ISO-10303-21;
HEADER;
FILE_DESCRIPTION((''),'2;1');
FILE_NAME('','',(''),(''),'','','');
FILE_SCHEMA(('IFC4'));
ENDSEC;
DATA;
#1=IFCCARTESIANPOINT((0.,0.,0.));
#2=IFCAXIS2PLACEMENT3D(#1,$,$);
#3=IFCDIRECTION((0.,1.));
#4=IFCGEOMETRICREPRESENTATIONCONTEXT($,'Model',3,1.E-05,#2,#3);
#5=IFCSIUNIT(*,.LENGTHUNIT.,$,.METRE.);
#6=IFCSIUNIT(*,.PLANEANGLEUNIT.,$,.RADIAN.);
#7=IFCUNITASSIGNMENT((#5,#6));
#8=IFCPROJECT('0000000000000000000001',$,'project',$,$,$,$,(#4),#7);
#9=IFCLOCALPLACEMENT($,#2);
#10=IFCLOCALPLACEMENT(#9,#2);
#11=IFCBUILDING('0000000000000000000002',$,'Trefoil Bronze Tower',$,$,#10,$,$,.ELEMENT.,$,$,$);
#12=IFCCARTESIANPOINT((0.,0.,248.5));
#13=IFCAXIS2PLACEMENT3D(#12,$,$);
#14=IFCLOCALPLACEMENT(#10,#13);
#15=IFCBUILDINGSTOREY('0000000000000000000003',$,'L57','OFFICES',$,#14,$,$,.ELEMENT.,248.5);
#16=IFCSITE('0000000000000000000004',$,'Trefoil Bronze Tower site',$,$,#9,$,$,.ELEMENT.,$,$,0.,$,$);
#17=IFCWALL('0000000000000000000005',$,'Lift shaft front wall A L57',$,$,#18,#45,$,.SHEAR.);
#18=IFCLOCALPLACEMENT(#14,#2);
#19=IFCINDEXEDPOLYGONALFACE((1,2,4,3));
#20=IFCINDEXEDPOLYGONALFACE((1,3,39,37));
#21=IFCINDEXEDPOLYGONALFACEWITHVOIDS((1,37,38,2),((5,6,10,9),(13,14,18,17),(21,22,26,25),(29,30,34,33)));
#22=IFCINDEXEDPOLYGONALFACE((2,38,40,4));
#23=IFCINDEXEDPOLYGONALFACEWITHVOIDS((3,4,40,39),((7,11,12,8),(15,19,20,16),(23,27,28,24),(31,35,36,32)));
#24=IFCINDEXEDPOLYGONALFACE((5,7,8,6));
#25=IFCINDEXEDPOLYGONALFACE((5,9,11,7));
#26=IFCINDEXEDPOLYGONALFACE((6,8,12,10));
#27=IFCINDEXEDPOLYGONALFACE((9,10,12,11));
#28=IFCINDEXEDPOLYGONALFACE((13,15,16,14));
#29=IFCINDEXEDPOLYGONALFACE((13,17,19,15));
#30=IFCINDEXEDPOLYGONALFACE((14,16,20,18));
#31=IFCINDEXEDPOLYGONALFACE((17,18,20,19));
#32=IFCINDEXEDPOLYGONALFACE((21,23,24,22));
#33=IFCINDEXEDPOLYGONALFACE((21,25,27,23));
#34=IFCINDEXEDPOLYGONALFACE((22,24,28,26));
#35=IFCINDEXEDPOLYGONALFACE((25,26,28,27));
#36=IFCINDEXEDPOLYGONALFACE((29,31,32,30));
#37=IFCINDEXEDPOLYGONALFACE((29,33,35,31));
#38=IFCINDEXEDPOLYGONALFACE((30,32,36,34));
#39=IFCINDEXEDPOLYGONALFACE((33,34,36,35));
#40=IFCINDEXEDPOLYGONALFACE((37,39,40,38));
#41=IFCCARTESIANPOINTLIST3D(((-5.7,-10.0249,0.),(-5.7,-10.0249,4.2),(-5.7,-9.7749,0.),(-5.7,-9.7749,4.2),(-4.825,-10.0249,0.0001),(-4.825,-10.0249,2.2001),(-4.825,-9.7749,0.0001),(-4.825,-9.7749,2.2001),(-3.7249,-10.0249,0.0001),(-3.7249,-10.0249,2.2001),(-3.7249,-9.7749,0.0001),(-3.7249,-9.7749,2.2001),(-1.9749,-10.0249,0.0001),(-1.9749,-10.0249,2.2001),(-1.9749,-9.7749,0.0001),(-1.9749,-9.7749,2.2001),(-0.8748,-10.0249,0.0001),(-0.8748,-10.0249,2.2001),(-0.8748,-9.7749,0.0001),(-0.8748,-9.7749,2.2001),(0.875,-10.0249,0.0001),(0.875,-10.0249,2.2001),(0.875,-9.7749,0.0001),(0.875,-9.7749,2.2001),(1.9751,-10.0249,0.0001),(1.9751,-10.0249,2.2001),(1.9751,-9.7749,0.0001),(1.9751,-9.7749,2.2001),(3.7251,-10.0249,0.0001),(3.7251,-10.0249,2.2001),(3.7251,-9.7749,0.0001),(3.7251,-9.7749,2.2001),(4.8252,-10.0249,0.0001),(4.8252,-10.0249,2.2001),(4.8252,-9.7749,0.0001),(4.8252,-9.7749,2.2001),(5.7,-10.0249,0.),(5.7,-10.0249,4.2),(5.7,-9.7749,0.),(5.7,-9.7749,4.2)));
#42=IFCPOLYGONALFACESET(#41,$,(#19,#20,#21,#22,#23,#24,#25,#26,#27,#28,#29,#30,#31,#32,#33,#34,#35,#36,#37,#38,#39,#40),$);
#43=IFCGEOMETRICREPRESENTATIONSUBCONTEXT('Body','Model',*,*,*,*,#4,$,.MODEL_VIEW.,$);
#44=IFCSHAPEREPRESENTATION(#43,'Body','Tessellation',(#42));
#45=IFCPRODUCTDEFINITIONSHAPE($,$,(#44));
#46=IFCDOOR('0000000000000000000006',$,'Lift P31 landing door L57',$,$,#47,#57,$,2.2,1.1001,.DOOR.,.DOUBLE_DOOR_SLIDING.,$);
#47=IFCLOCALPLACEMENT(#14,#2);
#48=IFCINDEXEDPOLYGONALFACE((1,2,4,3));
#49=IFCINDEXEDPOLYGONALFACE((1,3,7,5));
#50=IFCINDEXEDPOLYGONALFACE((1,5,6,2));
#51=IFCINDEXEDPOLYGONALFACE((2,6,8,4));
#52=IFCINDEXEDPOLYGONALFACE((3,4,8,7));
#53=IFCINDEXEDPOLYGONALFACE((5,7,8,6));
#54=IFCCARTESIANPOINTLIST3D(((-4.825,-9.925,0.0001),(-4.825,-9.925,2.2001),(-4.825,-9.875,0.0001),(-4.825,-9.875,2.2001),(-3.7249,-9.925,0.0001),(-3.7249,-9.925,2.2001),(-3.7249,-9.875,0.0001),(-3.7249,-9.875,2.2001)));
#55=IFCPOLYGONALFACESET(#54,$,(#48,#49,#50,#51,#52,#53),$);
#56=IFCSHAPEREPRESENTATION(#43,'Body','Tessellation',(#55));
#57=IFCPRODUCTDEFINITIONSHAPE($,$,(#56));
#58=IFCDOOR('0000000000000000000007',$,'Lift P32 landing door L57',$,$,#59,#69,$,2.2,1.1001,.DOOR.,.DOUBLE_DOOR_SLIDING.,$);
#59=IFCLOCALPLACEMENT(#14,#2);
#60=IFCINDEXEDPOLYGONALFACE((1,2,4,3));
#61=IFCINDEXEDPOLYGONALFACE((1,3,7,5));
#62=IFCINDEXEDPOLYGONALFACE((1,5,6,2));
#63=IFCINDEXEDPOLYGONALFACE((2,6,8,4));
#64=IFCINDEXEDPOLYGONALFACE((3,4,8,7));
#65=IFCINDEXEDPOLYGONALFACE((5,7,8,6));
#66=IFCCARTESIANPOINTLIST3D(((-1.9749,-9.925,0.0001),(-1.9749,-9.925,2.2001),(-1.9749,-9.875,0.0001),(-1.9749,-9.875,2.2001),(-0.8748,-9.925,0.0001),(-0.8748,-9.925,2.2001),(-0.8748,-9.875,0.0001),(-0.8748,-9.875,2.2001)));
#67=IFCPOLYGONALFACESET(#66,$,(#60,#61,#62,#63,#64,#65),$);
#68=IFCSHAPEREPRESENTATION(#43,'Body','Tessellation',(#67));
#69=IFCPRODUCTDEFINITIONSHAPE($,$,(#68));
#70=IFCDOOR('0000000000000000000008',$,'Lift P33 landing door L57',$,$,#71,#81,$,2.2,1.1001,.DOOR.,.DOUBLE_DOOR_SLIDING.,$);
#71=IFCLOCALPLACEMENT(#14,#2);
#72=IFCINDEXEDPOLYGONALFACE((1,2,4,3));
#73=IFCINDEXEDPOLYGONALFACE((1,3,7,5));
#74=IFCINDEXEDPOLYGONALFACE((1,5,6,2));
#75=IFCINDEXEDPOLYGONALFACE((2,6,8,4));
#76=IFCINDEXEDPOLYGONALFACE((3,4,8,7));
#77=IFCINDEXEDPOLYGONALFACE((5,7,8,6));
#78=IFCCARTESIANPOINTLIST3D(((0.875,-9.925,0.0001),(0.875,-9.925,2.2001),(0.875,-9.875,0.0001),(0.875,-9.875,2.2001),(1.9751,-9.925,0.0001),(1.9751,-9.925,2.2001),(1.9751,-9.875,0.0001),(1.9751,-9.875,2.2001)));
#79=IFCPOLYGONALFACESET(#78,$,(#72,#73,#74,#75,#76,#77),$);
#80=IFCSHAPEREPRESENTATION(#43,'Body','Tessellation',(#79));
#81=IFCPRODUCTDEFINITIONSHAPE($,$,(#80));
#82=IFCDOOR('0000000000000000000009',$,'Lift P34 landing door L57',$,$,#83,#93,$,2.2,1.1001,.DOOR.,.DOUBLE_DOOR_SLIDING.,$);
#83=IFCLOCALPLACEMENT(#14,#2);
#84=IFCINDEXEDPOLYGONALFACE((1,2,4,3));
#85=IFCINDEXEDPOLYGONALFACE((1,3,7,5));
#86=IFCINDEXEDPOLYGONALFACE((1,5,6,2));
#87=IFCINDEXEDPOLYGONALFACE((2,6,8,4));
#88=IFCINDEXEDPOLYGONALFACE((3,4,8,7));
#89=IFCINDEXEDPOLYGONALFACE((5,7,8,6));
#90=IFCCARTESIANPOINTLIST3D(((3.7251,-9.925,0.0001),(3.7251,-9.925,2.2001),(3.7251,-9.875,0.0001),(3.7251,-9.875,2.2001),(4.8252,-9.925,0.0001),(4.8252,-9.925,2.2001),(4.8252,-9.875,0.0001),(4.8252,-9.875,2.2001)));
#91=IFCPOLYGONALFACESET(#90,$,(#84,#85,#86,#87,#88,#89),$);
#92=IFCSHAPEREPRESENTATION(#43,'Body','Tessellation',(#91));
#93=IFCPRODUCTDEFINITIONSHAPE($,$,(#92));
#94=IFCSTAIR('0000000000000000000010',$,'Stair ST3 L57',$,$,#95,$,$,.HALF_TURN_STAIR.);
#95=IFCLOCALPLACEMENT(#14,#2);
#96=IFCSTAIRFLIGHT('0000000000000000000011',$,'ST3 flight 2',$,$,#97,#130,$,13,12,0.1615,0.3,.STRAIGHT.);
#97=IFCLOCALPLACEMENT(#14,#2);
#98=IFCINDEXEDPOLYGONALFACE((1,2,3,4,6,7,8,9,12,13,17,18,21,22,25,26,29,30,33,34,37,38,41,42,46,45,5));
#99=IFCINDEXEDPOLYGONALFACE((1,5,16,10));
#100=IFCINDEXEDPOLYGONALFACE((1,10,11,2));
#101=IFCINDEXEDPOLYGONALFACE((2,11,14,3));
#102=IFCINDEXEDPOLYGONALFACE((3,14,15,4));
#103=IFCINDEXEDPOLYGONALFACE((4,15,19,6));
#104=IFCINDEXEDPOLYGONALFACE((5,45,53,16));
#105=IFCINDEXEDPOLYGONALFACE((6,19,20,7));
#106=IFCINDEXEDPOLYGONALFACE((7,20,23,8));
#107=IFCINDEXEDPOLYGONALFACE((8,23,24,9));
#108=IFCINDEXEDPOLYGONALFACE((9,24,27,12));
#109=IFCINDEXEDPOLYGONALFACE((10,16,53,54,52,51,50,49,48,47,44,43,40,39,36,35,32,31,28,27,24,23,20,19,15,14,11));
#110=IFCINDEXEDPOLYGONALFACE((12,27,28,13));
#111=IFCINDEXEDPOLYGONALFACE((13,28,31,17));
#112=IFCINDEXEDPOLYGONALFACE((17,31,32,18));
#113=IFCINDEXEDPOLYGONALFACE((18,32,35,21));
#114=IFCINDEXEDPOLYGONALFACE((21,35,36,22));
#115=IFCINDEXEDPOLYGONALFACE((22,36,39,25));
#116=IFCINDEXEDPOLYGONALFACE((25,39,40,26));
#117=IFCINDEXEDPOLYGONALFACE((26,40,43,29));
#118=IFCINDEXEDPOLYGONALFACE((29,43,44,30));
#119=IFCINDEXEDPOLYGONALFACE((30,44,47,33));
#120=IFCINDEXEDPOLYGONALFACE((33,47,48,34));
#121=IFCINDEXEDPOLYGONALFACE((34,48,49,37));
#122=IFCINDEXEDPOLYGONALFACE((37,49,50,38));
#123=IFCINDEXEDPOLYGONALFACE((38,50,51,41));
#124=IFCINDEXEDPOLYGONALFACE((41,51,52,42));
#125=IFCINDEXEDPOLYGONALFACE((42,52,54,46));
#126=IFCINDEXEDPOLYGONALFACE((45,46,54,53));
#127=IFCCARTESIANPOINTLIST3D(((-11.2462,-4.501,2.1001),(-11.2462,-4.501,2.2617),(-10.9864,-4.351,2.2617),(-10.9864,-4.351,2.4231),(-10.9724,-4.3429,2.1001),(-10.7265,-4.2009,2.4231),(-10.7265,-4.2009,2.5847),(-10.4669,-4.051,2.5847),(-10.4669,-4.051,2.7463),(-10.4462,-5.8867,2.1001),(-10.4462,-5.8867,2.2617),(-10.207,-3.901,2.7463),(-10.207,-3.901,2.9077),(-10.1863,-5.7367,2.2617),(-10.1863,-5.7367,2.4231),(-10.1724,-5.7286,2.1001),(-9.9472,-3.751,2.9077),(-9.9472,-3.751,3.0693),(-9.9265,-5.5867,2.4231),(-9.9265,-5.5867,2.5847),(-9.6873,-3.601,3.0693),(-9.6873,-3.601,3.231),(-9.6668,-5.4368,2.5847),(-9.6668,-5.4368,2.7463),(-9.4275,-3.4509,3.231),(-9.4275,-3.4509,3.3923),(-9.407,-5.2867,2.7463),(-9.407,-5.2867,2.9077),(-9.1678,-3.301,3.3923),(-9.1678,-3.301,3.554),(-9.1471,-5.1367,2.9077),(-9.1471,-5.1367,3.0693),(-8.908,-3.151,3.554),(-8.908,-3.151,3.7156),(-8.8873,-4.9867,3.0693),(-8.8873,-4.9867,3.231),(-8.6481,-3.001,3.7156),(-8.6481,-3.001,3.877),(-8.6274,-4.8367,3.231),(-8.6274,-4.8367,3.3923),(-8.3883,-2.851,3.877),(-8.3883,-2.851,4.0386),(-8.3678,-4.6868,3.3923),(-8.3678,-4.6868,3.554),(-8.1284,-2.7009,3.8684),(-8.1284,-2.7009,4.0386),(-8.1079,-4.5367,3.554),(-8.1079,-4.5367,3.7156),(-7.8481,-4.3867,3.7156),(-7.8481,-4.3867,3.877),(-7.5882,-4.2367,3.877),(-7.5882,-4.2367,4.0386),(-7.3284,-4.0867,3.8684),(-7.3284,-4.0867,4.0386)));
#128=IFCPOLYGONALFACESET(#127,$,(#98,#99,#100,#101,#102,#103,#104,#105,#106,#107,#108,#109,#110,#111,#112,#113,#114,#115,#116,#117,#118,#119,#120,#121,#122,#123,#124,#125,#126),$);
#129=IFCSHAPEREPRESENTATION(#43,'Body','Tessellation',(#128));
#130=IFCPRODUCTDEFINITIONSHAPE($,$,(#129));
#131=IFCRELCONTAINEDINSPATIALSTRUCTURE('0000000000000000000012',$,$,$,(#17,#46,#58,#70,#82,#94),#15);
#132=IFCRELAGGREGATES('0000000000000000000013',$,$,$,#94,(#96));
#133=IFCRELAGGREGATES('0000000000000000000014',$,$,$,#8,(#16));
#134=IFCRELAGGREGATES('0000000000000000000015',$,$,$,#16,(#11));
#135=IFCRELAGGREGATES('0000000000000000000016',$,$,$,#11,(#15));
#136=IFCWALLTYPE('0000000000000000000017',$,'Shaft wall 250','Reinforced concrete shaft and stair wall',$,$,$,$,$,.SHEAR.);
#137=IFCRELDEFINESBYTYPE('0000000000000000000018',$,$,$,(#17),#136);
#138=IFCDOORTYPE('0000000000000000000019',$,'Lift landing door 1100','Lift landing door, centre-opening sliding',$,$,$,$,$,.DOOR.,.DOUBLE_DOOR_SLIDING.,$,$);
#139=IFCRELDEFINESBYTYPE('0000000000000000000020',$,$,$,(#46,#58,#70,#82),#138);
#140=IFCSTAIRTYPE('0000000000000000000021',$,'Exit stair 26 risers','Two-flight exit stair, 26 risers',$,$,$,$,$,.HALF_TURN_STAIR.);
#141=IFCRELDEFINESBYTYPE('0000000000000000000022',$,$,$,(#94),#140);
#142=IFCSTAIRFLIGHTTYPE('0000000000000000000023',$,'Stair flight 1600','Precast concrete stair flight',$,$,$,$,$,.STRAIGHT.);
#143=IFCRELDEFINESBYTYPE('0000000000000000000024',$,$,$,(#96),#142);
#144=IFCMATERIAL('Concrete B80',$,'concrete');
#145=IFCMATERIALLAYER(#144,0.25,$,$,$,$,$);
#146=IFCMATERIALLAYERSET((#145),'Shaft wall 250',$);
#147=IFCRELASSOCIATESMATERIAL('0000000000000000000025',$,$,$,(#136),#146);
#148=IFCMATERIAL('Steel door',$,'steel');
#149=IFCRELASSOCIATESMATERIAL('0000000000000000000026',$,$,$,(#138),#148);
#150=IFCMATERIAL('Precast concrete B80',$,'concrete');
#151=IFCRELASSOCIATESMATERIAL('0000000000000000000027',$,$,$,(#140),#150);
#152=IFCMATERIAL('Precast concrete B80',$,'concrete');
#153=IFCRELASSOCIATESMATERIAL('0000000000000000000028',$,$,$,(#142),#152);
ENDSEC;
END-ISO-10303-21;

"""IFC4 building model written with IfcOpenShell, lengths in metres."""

from ifc_helpers import new_model, si_unit, direction, frame, frame_2d, origin, place, context, subcontext, project, spatial, polyline, rectangle, outline, extrude, material, layer, layer_set, type_object, element, fill, aggregate, save


model = new_model("IFC4")

# Units and contexts
model_context = context("Model", 3, precision=1e-05, world=origin(), true_north=direction((0.0, 1.0)))
body_context = subcontext(model_context, "Body", "Model", "MODEL_VIEW")
ifc_project = project(units=[si_unit("LENGTHUNIT", "METRE"), si_unit("PLANEANGLEUNIT", "RADIAN")], contexts=[model_context])

# Site, building, storey
site_placement = place(None, origin())
site = spatial("IfcSite", under=ifc_project, at=site_placement, Name="Trefoil Bronze Tower site", CompositionType="ELEMENT", RefElevation=0.0)
building_placement = place(site_placement, origin())
building = spatial("IfcBuilding", under=site, at=building_placement, Name="Trefoil Bronze Tower", CompositionType="ELEMENT")
storey_placement = place(building_placement, frame((0.0, 0.0, 248.5)))
storey = spatial("IfcBuildingStorey", under=building, at=storey_placement, Name="L57", Description="OFFICES", CompositionType="ELEMENT", Elevation=248.5)

# Wall, openings, doors
ifc_material_1 = material(Name="Concrete B80", Category="concrete")
ifc_layer_1 = layer(ifc_material_1, 0.25)
ifc_layer_set_1 = layer_set([ifc_layer_1], Name="Shaft wall 250")
wall_type_1 = type_object("IfcWallType", Name="Shaft wall 250", Description="Reinforced concrete shaft and stair wall", PredefinedType="SHEAR", material=ifc_layer_set_1)
wall_1_placement = place(storey_placement, frame((-5.7, -9.8999, 0.0), z_axis=(0.0, 0.0, 1.0), x_axis=(1.0, 0.0, 0.0)))
wall_1 = element("IfcWall", 1, at=wall_1_placement, inside=storey, type_object=wall_type_1, Name="Lift shaft front wall A L57", PredefinedType="SHEAR", context=body_context, shape_type="SweptSolid", body=[
    extrude(rectangle(XDim=11.3999, YDim=0.25, at=frame_2d((5.7, 0.0))), origin(), (0.0, 0.0, 1.0), 4.2),
])
opening_1_placement = place(wall_1_placement, frame((0.875, 0.0, 0.0)))
opening_1 = element("IfcOpeningElement", 2, at=opening_1_placement, cuts=wall_1, PredefinedType="OPENING", context=body_context, shape_type="SweptSolid", body=[
    extrude(rectangle(XDim=1.1001, YDim=2.2, at=frame_2d((0.55, 1.1001))), frame((0.0, 0.135, 0.0), z_axis=(0.0, -1.0, 0.0), x_axis=(1.0, 0.0, 0.0)), (0.0, 0.0, 1.0), 0.27),
])
opening_2_placement = place(wall_1_placement, frame((3.7251, 0.0, 0.0)))
opening_2 = element("IfcOpeningElement", 3, at=opening_2_placement, cuts=wall_1, PredefinedType="OPENING", context=body_context, shape_type="SweptSolid", body=[
    extrude(rectangle(XDim=1.1001, YDim=2.2, at=frame_2d((0.55, 1.1001))), frame((0.0, 0.135, 0.0), z_axis=(0.0, -1.0, 0.0), x_axis=(1.0, 0.0, 0.0)), (0.0, 0.0, 1.0), 0.27),
])
opening_3_placement = place(wall_1_placement, frame((6.575, 0.0, 0.0)))
opening_3 = element("IfcOpeningElement", 4, at=opening_3_placement, cuts=wall_1, PredefinedType="OPENING", context=body_context, shape_type="SweptSolid", body=[
    extrude(rectangle(XDim=1.1001, YDim=2.2, at=frame_2d((0.55, 1.1001))), frame((0.0, 0.135, 0.0), z_axis=(0.0, -1.0, 0.0), x_axis=(1.0, 0.0, 0.0)), (0.0, 0.0, 1.0), 0.27),
])
opening_4_placement = place(wall_1_placement, frame((9.425, 0.0, 0.0)))
opening_4 = element("IfcOpeningElement", 5, at=opening_4_placement, cuts=wall_1, PredefinedType="OPENING", context=body_context, shape_type="SweptSolid", body=[
    extrude(rectangle(XDim=1.1001, YDim=2.2, at=frame_2d((0.55, 1.1001))), frame((0.0, 0.135, 0.0), z_axis=(0.0, -1.0, 0.0), x_axis=(1.0, 0.0, 0.0)), (0.0, 0.0, 1.0), 0.27),
])
ifc_material_2 = material(Name="Steel door", Category="steel")
door_type_1 = type_object("IfcDoorType", Name="Lift landing door 1100", Description="Lift landing door, centre-opening sliding", OperationType="DOUBLE_DOOR_SLIDING", PredefinedType="DOOR", material=ifc_material_2)
door_1_placement = place(opening_1_placement, origin())
door_1 = element("IfcDoor", 6, at=door_1_placement, inside=storey, type_object=door_type_1, Name="Lift P31 landing door L57", OperationType="DOUBLE_DOOR_SLIDING", OverallHeight=2.2, OverallWidth=1.1001, PredefinedType="DOOR", context=body_context, shape_type="SweptSolid", body=[
    extrude(rectangle(XDim=1.1001, YDim=2.2, at=frame_2d((0.55, 1.1001))), frame((0.0, 0.0249, 0.0), z_axis=(0.0, -1.0, 0.0), x_axis=(1.0, 0.0, 0.0)), (0.0, 0.0, 1.0), 0.05),
])
fill(opening_1, door_1)
door_2_placement = place(opening_2_placement, origin())
door_2 = element("IfcDoor", 7, at=door_2_placement, inside=storey, type_object=door_type_1, Name="Lift P32 landing door L57", OperationType="DOUBLE_DOOR_SLIDING", OverallHeight=2.2, OverallWidth=1.1001, PredefinedType="DOOR", context=body_context, shape_type="SweptSolid", body=[
    extrude(rectangle(XDim=1.1001, YDim=2.2, at=frame_2d((0.55, 1.1001))), frame((0.0, 0.0249, 0.0), z_axis=(0.0, -1.0, 0.0), x_axis=(1.0, 0.0, 0.0)), (0.0, 0.0, 1.0), 0.05),
])
fill(opening_2, door_2)
door_3_placement = place(opening_3_placement, origin())
door_3 = element("IfcDoor", 8, at=door_3_placement, inside=storey, type_object=door_type_1, Name="Lift P33 landing door L57", OperationType="DOUBLE_DOOR_SLIDING", OverallHeight=2.2, OverallWidth=1.1001, PredefinedType="DOOR", context=body_context, shape_type="SweptSolid", body=[
    extrude(rectangle(XDim=1.1001, YDim=2.2, at=frame_2d((0.55, 1.1001))), frame((0.0, 0.0249, 0.0), z_axis=(0.0, -1.0, 0.0), x_axis=(1.0, 0.0, 0.0)), (0.0, 0.0, 1.0), 0.05),
])
fill(opening_3, door_3)
door_4_placement = place(opening_4_placement, origin())
door_4 = element("IfcDoor", 9, at=door_4_placement, inside=storey, type_object=door_type_1, Name="Lift P34 landing door L57", OperationType="DOUBLE_DOOR_SLIDING", OverallHeight=2.2, OverallWidth=1.1001, PredefinedType="DOOR", context=body_context, shape_type="SweptSolid", body=[
    extrude(rectangle(XDim=1.1001, YDim=2.2, at=frame_2d((0.55, 1.1001))), frame((0.0, 0.0249, 0.0), z_axis=(0.0, -1.0, 0.0), x_axis=(1.0, 0.0, 0.0)), (0.0, 0.0, 1.0), 0.05),
])
fill(opening_4, door_4)

# Stair, stair flight
ifc_material_3 = material(Name="Precast concrete B80", Category="concrete")
stair_type = type_object("IfcStairType", Name="Exit stair 26 risers", Description="Two-flight exit stair, 26 risers", PredefinedType="HALF_TURN_STAIR", material=ifc_material_3)
stair_placement = place(storey_placement, origin())
stair = element("IfcStair", 10, at=stair_placement, inside=storey, type_object=stair_type, Name="Stair ST3 L57", PredefinedType="HALF_TURN_STAIR")
ifc_material_4 = material(Name="Precast concrete B80", Category="concrete")
stair_flight_type = type_object("IfcStairFlightType", Name="Stair flight 1600", Description="Precast concrete stair flight", PredefinedType="STRAIGHT", material=ifc_material_4)
stair_flight_placement = place(storey_placement, frame((-10.8462, -5.1938, 2.1001), z_axis=(0.0, 0.0, 1.0), x_axis=(0.866025, 0.5, 0.0)))
stair_flight = element("IfcStairFlight", 11, at=stair_flight_placement, type_object=stair_flight_type, Name="ST3 flight 2", NumberOfRisers=13, NumberOfTreads=12, PredefinedType="STRAIGHT", RiserHeight=0.1615, TreadLength=0.3, context=body_context, shape_type="SweptSolid", body=[
    extrude(outline(polyline([(0.0, 0.0), (0.0, 0.1616), (0.3, 0.1616), (0.3, 0.323), (0.6001, 0.323), (0.6001, 0.4846), (0.8999, 0.4846), (0.8999, 0.6462), (1.2, 0.6462), (1.2, 0.8076), (1.5, 0.8076), (1.5, 0.9692), (1.8, 0.9692), (1.8, 1.1309), (2.1001, 1.1309), (2.1001, 1.2922), (2.3999, 1.2922), (2.3999, 1.4539), (2.7, 1.4539), (2.7, 1.6155), (3.0, 1.6155), (3.0, 1.7769), (3.3, 1.7769), (3.3, 1.9385), (3.6001, 1.9385), (3.6001, 2.1001), (3.6001, 1.7683), (0.3162, 0.0), (0.0, 0.0)])), frame((0.0, 0.8, 0.0), z_axis=(0.0, -1.0, 0.0), x_axis=(1.0, 0.0, 0.0)), (0.0, 0.0, 1.0), 1.6001),
])
aggregate(stair, [stair_flight])

save(model, "model.ifc")
